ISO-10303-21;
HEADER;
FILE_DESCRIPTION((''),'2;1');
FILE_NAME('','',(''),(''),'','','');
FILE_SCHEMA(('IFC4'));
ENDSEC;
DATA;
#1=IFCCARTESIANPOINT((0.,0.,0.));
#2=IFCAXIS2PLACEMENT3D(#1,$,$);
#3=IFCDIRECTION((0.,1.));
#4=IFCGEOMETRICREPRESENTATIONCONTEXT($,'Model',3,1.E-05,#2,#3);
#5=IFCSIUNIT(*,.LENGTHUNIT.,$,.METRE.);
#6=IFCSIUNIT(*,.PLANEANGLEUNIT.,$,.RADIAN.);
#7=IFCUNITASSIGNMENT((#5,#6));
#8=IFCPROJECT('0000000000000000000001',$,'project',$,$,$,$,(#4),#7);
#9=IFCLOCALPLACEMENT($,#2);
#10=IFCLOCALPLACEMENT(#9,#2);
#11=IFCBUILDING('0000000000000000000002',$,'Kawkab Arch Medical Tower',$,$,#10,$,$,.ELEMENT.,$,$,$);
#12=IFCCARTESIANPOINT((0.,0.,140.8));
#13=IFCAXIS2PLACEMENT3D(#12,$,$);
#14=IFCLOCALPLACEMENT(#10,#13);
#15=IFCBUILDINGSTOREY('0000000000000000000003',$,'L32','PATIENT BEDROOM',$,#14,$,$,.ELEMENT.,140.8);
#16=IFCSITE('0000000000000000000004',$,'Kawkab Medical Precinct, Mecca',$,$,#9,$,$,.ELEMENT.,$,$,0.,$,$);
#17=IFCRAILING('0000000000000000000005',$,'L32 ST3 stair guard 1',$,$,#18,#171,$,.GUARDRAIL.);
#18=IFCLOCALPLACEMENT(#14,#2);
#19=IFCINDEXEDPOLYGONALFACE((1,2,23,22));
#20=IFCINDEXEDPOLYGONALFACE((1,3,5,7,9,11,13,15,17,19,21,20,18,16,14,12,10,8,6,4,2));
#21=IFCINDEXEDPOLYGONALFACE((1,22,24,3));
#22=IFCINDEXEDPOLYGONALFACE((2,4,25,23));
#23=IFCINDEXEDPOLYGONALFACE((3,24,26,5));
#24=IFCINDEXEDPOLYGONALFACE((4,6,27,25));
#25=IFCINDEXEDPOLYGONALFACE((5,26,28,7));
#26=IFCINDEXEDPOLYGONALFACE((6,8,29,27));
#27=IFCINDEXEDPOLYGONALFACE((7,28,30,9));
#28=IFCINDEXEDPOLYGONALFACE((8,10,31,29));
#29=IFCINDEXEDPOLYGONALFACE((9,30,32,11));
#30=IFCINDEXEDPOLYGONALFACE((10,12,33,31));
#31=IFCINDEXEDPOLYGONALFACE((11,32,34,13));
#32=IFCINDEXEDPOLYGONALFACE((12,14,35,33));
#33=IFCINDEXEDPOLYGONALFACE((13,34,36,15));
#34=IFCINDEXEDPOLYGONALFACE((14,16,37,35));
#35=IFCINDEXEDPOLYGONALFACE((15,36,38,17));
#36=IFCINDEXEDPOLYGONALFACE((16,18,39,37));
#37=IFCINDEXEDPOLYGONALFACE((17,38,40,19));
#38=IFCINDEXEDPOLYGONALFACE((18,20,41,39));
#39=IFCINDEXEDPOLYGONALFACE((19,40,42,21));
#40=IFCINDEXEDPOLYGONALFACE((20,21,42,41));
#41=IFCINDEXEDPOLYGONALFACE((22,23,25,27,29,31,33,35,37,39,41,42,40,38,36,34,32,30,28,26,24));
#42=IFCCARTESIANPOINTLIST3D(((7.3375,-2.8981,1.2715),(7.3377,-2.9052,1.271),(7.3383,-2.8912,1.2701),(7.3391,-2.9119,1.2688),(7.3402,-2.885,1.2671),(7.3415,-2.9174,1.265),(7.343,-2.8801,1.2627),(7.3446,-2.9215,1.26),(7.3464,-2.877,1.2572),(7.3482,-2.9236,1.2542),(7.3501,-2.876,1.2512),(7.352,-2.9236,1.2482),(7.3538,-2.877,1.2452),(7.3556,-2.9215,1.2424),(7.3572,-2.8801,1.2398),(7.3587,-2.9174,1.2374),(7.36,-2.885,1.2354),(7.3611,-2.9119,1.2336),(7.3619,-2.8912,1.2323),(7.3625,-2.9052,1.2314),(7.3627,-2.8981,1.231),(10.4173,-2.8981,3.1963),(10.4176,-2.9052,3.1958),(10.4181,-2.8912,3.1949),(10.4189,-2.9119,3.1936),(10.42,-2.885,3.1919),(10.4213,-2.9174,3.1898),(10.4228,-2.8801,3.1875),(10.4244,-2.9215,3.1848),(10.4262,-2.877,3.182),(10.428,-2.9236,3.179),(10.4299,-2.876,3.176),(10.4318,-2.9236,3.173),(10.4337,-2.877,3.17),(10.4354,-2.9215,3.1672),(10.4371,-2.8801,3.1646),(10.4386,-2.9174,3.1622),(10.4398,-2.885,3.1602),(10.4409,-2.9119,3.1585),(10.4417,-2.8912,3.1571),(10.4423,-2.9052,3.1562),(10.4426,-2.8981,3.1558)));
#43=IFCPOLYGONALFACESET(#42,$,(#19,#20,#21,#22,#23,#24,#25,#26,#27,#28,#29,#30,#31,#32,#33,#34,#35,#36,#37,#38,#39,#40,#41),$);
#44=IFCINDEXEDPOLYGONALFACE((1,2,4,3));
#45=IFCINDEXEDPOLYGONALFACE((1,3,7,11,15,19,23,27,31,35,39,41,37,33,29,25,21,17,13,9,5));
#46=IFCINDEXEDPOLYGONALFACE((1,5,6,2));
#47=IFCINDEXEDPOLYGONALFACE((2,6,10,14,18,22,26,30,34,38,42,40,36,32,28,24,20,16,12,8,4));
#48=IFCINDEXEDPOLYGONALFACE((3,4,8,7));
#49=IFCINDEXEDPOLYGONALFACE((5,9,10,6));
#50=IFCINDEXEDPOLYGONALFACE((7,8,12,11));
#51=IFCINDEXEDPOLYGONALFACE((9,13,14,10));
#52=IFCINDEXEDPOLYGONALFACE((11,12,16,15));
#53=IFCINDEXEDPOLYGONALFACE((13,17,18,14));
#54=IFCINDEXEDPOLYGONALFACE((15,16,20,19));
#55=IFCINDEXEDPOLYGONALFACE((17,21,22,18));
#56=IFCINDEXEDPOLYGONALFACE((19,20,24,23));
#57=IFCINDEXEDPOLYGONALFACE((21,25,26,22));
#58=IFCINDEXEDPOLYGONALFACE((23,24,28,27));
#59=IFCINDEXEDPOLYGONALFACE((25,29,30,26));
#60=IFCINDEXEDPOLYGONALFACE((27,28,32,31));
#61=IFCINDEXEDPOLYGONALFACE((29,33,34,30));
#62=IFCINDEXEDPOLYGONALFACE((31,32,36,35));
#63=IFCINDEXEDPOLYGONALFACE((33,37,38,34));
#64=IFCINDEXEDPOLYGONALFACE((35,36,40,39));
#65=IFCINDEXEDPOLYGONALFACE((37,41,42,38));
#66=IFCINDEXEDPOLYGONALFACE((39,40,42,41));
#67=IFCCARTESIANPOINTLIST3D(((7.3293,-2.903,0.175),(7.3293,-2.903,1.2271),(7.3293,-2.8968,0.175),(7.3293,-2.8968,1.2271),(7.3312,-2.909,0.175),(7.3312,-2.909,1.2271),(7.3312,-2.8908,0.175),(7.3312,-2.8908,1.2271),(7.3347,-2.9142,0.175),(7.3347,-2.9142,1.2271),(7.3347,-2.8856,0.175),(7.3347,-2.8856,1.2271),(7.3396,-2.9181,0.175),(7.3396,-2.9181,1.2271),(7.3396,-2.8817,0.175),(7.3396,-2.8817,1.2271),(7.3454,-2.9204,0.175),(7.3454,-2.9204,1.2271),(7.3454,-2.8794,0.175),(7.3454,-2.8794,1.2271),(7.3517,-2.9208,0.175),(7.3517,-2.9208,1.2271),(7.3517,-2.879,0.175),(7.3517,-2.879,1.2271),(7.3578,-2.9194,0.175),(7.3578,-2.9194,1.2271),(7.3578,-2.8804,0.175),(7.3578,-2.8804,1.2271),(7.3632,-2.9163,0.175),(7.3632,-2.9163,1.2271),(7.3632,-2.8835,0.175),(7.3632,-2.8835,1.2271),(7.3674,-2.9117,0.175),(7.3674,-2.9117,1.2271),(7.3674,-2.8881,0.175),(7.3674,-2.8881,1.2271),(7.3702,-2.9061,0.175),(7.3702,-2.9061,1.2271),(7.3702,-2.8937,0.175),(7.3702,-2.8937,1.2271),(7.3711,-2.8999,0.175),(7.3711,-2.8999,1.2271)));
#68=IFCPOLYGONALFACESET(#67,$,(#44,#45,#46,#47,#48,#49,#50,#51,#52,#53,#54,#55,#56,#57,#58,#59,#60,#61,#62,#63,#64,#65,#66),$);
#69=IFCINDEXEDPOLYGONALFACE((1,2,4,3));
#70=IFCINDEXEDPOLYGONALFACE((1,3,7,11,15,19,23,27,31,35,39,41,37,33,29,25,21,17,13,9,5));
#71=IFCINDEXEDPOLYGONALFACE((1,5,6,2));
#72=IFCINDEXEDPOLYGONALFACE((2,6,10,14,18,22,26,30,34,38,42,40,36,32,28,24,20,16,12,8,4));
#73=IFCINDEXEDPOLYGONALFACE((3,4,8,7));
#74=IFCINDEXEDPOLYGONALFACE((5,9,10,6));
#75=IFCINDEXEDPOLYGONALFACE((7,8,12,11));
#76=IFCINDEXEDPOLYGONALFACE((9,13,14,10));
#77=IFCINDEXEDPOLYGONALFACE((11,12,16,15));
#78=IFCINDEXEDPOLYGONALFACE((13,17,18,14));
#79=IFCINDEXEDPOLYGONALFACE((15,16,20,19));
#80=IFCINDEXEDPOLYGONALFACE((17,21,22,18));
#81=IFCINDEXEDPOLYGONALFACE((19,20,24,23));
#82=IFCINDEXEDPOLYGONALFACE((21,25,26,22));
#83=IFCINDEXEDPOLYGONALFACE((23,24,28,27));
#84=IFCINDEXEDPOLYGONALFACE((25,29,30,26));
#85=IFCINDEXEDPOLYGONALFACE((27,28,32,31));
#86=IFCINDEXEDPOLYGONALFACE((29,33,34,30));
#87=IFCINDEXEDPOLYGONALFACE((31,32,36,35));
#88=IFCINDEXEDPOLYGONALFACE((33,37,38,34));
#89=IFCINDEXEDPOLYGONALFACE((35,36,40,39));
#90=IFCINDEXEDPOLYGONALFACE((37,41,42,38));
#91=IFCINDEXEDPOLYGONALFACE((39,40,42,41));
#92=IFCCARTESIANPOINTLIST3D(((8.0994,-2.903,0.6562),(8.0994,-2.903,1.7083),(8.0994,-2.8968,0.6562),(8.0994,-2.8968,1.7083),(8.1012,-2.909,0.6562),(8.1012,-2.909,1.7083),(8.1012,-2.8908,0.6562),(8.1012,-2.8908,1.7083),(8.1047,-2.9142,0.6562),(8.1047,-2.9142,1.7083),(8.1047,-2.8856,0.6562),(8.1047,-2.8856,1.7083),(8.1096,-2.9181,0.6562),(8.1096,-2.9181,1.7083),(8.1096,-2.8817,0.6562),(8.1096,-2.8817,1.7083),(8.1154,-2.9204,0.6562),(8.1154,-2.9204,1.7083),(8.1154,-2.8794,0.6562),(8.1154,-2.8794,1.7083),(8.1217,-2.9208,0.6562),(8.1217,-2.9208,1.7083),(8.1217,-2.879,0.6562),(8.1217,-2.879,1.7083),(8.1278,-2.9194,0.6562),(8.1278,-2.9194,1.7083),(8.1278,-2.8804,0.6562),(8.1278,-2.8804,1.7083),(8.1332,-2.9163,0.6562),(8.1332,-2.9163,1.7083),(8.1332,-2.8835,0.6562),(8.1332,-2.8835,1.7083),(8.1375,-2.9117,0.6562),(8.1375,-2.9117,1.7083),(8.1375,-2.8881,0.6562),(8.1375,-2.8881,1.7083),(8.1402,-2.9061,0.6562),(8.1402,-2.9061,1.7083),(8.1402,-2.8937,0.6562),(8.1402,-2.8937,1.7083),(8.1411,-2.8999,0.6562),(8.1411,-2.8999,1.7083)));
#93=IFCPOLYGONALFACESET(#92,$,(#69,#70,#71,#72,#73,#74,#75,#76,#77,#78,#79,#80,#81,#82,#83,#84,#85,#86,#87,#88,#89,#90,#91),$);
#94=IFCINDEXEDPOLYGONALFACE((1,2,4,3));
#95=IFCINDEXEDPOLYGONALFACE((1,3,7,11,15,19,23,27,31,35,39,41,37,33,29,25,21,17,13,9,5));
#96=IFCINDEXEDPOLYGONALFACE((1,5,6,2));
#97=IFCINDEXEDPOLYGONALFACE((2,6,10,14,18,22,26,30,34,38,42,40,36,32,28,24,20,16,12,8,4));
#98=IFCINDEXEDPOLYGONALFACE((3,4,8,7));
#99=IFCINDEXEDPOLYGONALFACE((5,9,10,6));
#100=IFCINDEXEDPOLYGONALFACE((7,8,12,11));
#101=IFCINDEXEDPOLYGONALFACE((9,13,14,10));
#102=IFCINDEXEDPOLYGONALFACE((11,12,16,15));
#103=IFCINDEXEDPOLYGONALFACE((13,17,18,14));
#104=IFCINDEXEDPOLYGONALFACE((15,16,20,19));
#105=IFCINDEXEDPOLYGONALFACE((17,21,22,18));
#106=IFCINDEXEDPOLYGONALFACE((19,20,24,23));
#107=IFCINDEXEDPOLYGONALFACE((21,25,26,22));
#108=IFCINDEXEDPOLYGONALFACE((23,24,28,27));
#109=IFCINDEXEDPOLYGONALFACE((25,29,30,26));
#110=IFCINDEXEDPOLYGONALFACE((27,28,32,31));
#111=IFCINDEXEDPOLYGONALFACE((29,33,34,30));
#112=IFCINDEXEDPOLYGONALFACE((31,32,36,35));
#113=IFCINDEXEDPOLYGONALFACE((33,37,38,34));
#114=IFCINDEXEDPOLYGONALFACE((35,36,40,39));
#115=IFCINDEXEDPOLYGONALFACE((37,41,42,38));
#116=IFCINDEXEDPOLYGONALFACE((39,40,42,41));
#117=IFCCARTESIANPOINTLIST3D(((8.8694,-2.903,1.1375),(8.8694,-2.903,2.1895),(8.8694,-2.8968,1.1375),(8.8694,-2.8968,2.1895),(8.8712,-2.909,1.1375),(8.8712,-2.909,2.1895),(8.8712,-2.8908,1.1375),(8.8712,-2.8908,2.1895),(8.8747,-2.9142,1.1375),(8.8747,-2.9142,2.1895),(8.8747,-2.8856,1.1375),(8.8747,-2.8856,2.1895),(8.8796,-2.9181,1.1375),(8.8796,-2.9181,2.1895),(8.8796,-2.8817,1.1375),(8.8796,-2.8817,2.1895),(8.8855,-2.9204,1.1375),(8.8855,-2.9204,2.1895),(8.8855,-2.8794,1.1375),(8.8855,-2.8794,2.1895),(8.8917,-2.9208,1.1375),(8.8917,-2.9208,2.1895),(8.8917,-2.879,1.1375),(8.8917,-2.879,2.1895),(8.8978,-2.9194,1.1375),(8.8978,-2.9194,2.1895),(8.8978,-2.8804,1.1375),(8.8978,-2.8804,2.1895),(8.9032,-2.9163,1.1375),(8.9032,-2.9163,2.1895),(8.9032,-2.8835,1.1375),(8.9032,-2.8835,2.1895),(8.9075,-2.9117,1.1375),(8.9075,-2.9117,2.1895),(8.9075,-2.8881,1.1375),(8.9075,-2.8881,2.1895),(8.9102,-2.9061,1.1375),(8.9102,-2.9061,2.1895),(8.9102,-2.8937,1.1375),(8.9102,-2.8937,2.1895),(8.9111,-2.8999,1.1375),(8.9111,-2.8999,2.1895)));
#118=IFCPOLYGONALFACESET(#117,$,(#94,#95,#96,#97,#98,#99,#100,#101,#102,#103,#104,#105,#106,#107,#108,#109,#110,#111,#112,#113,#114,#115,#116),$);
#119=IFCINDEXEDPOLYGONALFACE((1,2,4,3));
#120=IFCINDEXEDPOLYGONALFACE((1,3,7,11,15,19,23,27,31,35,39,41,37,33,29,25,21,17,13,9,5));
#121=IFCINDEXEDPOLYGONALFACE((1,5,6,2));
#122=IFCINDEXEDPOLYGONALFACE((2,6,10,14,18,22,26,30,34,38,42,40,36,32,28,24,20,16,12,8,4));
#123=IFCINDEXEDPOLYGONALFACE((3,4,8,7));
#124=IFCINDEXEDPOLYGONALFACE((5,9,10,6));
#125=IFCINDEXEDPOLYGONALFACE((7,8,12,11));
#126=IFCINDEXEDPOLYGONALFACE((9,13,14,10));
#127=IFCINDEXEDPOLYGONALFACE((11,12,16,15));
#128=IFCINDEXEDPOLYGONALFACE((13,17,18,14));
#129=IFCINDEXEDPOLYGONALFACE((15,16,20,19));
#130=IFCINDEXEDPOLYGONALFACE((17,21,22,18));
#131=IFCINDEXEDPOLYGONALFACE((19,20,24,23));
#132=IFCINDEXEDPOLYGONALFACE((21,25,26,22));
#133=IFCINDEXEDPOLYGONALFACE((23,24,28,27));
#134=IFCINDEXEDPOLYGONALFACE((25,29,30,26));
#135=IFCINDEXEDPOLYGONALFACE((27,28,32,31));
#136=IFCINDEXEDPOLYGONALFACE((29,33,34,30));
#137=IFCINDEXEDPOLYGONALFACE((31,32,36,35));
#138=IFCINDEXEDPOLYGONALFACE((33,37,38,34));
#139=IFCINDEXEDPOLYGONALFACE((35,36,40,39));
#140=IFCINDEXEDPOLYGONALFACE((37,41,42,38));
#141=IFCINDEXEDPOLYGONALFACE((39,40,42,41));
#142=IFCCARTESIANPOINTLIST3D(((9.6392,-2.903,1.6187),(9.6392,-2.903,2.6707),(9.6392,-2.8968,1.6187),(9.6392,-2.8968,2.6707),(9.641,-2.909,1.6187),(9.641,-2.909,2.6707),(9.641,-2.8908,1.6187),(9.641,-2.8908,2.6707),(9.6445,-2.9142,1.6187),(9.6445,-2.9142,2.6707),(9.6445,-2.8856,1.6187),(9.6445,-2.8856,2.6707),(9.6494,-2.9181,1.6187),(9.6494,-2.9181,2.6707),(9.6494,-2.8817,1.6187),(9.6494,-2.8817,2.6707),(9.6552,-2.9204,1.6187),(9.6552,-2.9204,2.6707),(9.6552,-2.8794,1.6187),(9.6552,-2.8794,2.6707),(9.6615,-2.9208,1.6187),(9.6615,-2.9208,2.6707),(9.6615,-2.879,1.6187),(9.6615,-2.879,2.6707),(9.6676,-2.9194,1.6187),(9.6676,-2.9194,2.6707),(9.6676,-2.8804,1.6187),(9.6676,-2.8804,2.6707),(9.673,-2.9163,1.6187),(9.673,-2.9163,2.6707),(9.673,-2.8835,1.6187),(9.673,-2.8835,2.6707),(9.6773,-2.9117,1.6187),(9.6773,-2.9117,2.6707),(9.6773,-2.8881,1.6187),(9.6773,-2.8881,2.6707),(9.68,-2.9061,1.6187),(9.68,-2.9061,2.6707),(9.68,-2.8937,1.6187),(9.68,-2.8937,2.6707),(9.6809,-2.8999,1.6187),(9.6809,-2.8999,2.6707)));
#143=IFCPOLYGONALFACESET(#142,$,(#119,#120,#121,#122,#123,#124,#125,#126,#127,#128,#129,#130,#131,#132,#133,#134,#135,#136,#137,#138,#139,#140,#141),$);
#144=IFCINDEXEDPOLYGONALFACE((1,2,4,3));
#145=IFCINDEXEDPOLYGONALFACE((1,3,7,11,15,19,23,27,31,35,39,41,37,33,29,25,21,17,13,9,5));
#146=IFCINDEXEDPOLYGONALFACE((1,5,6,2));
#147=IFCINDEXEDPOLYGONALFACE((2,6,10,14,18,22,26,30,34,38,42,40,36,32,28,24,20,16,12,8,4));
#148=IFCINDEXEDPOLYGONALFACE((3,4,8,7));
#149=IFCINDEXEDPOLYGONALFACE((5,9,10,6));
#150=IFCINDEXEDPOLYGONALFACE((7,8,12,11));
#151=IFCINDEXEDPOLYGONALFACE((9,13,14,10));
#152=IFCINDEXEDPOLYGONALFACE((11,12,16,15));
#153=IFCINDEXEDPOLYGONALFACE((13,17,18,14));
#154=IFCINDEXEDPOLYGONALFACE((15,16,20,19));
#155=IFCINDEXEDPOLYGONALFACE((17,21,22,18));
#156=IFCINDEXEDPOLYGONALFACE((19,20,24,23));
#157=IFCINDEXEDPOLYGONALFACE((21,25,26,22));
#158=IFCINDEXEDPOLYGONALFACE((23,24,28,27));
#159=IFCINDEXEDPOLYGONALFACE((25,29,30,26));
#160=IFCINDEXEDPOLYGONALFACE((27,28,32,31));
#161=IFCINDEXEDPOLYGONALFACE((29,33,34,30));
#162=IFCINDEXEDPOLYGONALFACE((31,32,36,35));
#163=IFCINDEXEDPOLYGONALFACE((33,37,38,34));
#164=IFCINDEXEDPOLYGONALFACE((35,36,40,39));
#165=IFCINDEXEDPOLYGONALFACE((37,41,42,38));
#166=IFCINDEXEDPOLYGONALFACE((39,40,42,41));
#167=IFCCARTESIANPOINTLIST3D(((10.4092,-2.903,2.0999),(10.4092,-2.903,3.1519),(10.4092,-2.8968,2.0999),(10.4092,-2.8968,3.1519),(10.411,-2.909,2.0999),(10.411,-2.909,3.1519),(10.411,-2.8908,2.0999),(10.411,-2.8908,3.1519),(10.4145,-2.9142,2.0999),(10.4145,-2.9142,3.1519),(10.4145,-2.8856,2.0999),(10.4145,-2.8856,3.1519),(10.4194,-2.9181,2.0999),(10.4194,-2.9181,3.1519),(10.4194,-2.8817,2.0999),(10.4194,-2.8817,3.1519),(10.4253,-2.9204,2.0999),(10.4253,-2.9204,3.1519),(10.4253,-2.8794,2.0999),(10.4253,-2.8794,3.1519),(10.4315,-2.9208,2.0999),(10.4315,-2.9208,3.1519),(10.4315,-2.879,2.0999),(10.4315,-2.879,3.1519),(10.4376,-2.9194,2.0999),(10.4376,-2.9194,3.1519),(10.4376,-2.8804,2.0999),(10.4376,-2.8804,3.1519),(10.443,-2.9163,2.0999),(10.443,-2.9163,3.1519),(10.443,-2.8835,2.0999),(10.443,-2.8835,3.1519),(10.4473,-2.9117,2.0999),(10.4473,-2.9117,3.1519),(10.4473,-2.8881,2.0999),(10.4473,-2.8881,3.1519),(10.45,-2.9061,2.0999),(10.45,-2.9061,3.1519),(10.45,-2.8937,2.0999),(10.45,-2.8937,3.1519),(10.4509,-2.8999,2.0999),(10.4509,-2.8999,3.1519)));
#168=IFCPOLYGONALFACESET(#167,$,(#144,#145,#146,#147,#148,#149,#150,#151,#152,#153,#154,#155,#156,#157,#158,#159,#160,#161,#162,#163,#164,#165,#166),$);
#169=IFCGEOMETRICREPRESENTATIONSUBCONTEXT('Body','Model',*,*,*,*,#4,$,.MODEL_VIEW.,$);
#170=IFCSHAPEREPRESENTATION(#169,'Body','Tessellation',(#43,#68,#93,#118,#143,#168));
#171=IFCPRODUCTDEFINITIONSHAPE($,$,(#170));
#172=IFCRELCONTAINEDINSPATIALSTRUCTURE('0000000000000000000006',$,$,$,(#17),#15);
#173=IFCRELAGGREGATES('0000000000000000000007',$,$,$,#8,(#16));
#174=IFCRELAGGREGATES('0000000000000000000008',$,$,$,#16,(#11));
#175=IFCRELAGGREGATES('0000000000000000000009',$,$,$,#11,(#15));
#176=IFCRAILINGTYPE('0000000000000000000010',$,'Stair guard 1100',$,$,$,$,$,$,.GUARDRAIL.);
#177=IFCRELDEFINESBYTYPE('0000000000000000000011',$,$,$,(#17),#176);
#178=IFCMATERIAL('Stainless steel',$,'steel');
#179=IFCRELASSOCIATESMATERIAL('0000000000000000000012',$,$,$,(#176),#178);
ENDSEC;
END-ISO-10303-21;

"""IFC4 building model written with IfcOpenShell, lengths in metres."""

from ifc_helpers import new_model, si_unit, direction, frame, origin, origin_2d, place, context, subcontext, project, spatial, circle, extrude, material, type_object, element, save


model = new_model("IFC4")

# Units and contexts
model_context = context("Model", 3, precision=1e-05, world=origin(), true_north=direction((0.0, 1.0)))
body_context = subcontext(model_context, "Body", "Model", "MODEL_VIEW")
ifc_project = project(units=[si_unit("LENGTHUNIT", "METRE"), si_unit("PLANEANGLEUNIT", "RADIAN")], contexts=[model_context])

# Site, building, storey
site_placement = place(None, origin())
site = spatial("IfcSite", under=ifc_project, at=site_placement, Name="Kawkab Medical Precinct, Mecca", CompositionType="ELEMENT", RefElevation=0.0)
building_placement = place(site_placement, origin())
building = spatial("IfcBuilding", under=site, at=building_placement, Name="Kawkab Arch Medical Tower", CompositionType="ELEMENT")
storey_placement = place(building_placement, frame((0.0, 0.0, 140.8)))
storey = spatial("IfcBuildingStorey", under=building, at=storey_placement, Name="L32", Description="PATIENT BEDROOM", CompositionType="ELEMENT", Elevation=140.8)

# Railing
ifc_material_1 = material(Name="Stainless steel", Category="steel")
railing_type_1 = type_object("IfcRailingType", Name="Stair guard 1100", PredefinedType="GUARDRAIL", material=ifc_material_1)
railing_1_placement = place(storey_placement, frame((7.3501, -2.8999, 0.175)))
element("IfcRailing", 1, at=railing_1_placement, inside=storey, type_object=railing_type_1, Name="L32 ST3 stair guard 1", PredefinedType="GUARDRAIL", context=body_context, shape_type="SweptSolid", body=[
    extrude(circle(Radius=0.0239, at=origin_2d()), frame((0.0, 0.0, 1.0762), z_axis=(0.84801, 0.0, 0.529981), x_axis=(0.0, 1.0, 0.0)), (0.0, 0.0, 1.0), 3.6318),
    extrude(circle(Radius=0.021, at=origin_2d()), origin(), (0.0, 0.0, 1.0), 1.052),
    extrude(circle(Radius=0.021, at=origin_2d()), frame((0.77, 0.0, 0.4812)), (0.0, 0.0, 1.0), 1.052),
    extrude(circle(Radius=0.021, at=origin_2d()), frame((1.54, 0.0, 0.9624)), (0.0, 0.0, 1.0), 1.052),
    extrude(circle(Radius=0.021, at=origin_2d()), frame((2.3098, 0.0, 1.4436)), (0.0, 0.0, 1.0), 1.052),
    extrude(circle(Radius=0.021, at=origin_2d()), frame((3.0798, 0.0, 1.9248)), (0.0, 0.0, 1.0), 1.052),
])

save(model, "model.ifc")
